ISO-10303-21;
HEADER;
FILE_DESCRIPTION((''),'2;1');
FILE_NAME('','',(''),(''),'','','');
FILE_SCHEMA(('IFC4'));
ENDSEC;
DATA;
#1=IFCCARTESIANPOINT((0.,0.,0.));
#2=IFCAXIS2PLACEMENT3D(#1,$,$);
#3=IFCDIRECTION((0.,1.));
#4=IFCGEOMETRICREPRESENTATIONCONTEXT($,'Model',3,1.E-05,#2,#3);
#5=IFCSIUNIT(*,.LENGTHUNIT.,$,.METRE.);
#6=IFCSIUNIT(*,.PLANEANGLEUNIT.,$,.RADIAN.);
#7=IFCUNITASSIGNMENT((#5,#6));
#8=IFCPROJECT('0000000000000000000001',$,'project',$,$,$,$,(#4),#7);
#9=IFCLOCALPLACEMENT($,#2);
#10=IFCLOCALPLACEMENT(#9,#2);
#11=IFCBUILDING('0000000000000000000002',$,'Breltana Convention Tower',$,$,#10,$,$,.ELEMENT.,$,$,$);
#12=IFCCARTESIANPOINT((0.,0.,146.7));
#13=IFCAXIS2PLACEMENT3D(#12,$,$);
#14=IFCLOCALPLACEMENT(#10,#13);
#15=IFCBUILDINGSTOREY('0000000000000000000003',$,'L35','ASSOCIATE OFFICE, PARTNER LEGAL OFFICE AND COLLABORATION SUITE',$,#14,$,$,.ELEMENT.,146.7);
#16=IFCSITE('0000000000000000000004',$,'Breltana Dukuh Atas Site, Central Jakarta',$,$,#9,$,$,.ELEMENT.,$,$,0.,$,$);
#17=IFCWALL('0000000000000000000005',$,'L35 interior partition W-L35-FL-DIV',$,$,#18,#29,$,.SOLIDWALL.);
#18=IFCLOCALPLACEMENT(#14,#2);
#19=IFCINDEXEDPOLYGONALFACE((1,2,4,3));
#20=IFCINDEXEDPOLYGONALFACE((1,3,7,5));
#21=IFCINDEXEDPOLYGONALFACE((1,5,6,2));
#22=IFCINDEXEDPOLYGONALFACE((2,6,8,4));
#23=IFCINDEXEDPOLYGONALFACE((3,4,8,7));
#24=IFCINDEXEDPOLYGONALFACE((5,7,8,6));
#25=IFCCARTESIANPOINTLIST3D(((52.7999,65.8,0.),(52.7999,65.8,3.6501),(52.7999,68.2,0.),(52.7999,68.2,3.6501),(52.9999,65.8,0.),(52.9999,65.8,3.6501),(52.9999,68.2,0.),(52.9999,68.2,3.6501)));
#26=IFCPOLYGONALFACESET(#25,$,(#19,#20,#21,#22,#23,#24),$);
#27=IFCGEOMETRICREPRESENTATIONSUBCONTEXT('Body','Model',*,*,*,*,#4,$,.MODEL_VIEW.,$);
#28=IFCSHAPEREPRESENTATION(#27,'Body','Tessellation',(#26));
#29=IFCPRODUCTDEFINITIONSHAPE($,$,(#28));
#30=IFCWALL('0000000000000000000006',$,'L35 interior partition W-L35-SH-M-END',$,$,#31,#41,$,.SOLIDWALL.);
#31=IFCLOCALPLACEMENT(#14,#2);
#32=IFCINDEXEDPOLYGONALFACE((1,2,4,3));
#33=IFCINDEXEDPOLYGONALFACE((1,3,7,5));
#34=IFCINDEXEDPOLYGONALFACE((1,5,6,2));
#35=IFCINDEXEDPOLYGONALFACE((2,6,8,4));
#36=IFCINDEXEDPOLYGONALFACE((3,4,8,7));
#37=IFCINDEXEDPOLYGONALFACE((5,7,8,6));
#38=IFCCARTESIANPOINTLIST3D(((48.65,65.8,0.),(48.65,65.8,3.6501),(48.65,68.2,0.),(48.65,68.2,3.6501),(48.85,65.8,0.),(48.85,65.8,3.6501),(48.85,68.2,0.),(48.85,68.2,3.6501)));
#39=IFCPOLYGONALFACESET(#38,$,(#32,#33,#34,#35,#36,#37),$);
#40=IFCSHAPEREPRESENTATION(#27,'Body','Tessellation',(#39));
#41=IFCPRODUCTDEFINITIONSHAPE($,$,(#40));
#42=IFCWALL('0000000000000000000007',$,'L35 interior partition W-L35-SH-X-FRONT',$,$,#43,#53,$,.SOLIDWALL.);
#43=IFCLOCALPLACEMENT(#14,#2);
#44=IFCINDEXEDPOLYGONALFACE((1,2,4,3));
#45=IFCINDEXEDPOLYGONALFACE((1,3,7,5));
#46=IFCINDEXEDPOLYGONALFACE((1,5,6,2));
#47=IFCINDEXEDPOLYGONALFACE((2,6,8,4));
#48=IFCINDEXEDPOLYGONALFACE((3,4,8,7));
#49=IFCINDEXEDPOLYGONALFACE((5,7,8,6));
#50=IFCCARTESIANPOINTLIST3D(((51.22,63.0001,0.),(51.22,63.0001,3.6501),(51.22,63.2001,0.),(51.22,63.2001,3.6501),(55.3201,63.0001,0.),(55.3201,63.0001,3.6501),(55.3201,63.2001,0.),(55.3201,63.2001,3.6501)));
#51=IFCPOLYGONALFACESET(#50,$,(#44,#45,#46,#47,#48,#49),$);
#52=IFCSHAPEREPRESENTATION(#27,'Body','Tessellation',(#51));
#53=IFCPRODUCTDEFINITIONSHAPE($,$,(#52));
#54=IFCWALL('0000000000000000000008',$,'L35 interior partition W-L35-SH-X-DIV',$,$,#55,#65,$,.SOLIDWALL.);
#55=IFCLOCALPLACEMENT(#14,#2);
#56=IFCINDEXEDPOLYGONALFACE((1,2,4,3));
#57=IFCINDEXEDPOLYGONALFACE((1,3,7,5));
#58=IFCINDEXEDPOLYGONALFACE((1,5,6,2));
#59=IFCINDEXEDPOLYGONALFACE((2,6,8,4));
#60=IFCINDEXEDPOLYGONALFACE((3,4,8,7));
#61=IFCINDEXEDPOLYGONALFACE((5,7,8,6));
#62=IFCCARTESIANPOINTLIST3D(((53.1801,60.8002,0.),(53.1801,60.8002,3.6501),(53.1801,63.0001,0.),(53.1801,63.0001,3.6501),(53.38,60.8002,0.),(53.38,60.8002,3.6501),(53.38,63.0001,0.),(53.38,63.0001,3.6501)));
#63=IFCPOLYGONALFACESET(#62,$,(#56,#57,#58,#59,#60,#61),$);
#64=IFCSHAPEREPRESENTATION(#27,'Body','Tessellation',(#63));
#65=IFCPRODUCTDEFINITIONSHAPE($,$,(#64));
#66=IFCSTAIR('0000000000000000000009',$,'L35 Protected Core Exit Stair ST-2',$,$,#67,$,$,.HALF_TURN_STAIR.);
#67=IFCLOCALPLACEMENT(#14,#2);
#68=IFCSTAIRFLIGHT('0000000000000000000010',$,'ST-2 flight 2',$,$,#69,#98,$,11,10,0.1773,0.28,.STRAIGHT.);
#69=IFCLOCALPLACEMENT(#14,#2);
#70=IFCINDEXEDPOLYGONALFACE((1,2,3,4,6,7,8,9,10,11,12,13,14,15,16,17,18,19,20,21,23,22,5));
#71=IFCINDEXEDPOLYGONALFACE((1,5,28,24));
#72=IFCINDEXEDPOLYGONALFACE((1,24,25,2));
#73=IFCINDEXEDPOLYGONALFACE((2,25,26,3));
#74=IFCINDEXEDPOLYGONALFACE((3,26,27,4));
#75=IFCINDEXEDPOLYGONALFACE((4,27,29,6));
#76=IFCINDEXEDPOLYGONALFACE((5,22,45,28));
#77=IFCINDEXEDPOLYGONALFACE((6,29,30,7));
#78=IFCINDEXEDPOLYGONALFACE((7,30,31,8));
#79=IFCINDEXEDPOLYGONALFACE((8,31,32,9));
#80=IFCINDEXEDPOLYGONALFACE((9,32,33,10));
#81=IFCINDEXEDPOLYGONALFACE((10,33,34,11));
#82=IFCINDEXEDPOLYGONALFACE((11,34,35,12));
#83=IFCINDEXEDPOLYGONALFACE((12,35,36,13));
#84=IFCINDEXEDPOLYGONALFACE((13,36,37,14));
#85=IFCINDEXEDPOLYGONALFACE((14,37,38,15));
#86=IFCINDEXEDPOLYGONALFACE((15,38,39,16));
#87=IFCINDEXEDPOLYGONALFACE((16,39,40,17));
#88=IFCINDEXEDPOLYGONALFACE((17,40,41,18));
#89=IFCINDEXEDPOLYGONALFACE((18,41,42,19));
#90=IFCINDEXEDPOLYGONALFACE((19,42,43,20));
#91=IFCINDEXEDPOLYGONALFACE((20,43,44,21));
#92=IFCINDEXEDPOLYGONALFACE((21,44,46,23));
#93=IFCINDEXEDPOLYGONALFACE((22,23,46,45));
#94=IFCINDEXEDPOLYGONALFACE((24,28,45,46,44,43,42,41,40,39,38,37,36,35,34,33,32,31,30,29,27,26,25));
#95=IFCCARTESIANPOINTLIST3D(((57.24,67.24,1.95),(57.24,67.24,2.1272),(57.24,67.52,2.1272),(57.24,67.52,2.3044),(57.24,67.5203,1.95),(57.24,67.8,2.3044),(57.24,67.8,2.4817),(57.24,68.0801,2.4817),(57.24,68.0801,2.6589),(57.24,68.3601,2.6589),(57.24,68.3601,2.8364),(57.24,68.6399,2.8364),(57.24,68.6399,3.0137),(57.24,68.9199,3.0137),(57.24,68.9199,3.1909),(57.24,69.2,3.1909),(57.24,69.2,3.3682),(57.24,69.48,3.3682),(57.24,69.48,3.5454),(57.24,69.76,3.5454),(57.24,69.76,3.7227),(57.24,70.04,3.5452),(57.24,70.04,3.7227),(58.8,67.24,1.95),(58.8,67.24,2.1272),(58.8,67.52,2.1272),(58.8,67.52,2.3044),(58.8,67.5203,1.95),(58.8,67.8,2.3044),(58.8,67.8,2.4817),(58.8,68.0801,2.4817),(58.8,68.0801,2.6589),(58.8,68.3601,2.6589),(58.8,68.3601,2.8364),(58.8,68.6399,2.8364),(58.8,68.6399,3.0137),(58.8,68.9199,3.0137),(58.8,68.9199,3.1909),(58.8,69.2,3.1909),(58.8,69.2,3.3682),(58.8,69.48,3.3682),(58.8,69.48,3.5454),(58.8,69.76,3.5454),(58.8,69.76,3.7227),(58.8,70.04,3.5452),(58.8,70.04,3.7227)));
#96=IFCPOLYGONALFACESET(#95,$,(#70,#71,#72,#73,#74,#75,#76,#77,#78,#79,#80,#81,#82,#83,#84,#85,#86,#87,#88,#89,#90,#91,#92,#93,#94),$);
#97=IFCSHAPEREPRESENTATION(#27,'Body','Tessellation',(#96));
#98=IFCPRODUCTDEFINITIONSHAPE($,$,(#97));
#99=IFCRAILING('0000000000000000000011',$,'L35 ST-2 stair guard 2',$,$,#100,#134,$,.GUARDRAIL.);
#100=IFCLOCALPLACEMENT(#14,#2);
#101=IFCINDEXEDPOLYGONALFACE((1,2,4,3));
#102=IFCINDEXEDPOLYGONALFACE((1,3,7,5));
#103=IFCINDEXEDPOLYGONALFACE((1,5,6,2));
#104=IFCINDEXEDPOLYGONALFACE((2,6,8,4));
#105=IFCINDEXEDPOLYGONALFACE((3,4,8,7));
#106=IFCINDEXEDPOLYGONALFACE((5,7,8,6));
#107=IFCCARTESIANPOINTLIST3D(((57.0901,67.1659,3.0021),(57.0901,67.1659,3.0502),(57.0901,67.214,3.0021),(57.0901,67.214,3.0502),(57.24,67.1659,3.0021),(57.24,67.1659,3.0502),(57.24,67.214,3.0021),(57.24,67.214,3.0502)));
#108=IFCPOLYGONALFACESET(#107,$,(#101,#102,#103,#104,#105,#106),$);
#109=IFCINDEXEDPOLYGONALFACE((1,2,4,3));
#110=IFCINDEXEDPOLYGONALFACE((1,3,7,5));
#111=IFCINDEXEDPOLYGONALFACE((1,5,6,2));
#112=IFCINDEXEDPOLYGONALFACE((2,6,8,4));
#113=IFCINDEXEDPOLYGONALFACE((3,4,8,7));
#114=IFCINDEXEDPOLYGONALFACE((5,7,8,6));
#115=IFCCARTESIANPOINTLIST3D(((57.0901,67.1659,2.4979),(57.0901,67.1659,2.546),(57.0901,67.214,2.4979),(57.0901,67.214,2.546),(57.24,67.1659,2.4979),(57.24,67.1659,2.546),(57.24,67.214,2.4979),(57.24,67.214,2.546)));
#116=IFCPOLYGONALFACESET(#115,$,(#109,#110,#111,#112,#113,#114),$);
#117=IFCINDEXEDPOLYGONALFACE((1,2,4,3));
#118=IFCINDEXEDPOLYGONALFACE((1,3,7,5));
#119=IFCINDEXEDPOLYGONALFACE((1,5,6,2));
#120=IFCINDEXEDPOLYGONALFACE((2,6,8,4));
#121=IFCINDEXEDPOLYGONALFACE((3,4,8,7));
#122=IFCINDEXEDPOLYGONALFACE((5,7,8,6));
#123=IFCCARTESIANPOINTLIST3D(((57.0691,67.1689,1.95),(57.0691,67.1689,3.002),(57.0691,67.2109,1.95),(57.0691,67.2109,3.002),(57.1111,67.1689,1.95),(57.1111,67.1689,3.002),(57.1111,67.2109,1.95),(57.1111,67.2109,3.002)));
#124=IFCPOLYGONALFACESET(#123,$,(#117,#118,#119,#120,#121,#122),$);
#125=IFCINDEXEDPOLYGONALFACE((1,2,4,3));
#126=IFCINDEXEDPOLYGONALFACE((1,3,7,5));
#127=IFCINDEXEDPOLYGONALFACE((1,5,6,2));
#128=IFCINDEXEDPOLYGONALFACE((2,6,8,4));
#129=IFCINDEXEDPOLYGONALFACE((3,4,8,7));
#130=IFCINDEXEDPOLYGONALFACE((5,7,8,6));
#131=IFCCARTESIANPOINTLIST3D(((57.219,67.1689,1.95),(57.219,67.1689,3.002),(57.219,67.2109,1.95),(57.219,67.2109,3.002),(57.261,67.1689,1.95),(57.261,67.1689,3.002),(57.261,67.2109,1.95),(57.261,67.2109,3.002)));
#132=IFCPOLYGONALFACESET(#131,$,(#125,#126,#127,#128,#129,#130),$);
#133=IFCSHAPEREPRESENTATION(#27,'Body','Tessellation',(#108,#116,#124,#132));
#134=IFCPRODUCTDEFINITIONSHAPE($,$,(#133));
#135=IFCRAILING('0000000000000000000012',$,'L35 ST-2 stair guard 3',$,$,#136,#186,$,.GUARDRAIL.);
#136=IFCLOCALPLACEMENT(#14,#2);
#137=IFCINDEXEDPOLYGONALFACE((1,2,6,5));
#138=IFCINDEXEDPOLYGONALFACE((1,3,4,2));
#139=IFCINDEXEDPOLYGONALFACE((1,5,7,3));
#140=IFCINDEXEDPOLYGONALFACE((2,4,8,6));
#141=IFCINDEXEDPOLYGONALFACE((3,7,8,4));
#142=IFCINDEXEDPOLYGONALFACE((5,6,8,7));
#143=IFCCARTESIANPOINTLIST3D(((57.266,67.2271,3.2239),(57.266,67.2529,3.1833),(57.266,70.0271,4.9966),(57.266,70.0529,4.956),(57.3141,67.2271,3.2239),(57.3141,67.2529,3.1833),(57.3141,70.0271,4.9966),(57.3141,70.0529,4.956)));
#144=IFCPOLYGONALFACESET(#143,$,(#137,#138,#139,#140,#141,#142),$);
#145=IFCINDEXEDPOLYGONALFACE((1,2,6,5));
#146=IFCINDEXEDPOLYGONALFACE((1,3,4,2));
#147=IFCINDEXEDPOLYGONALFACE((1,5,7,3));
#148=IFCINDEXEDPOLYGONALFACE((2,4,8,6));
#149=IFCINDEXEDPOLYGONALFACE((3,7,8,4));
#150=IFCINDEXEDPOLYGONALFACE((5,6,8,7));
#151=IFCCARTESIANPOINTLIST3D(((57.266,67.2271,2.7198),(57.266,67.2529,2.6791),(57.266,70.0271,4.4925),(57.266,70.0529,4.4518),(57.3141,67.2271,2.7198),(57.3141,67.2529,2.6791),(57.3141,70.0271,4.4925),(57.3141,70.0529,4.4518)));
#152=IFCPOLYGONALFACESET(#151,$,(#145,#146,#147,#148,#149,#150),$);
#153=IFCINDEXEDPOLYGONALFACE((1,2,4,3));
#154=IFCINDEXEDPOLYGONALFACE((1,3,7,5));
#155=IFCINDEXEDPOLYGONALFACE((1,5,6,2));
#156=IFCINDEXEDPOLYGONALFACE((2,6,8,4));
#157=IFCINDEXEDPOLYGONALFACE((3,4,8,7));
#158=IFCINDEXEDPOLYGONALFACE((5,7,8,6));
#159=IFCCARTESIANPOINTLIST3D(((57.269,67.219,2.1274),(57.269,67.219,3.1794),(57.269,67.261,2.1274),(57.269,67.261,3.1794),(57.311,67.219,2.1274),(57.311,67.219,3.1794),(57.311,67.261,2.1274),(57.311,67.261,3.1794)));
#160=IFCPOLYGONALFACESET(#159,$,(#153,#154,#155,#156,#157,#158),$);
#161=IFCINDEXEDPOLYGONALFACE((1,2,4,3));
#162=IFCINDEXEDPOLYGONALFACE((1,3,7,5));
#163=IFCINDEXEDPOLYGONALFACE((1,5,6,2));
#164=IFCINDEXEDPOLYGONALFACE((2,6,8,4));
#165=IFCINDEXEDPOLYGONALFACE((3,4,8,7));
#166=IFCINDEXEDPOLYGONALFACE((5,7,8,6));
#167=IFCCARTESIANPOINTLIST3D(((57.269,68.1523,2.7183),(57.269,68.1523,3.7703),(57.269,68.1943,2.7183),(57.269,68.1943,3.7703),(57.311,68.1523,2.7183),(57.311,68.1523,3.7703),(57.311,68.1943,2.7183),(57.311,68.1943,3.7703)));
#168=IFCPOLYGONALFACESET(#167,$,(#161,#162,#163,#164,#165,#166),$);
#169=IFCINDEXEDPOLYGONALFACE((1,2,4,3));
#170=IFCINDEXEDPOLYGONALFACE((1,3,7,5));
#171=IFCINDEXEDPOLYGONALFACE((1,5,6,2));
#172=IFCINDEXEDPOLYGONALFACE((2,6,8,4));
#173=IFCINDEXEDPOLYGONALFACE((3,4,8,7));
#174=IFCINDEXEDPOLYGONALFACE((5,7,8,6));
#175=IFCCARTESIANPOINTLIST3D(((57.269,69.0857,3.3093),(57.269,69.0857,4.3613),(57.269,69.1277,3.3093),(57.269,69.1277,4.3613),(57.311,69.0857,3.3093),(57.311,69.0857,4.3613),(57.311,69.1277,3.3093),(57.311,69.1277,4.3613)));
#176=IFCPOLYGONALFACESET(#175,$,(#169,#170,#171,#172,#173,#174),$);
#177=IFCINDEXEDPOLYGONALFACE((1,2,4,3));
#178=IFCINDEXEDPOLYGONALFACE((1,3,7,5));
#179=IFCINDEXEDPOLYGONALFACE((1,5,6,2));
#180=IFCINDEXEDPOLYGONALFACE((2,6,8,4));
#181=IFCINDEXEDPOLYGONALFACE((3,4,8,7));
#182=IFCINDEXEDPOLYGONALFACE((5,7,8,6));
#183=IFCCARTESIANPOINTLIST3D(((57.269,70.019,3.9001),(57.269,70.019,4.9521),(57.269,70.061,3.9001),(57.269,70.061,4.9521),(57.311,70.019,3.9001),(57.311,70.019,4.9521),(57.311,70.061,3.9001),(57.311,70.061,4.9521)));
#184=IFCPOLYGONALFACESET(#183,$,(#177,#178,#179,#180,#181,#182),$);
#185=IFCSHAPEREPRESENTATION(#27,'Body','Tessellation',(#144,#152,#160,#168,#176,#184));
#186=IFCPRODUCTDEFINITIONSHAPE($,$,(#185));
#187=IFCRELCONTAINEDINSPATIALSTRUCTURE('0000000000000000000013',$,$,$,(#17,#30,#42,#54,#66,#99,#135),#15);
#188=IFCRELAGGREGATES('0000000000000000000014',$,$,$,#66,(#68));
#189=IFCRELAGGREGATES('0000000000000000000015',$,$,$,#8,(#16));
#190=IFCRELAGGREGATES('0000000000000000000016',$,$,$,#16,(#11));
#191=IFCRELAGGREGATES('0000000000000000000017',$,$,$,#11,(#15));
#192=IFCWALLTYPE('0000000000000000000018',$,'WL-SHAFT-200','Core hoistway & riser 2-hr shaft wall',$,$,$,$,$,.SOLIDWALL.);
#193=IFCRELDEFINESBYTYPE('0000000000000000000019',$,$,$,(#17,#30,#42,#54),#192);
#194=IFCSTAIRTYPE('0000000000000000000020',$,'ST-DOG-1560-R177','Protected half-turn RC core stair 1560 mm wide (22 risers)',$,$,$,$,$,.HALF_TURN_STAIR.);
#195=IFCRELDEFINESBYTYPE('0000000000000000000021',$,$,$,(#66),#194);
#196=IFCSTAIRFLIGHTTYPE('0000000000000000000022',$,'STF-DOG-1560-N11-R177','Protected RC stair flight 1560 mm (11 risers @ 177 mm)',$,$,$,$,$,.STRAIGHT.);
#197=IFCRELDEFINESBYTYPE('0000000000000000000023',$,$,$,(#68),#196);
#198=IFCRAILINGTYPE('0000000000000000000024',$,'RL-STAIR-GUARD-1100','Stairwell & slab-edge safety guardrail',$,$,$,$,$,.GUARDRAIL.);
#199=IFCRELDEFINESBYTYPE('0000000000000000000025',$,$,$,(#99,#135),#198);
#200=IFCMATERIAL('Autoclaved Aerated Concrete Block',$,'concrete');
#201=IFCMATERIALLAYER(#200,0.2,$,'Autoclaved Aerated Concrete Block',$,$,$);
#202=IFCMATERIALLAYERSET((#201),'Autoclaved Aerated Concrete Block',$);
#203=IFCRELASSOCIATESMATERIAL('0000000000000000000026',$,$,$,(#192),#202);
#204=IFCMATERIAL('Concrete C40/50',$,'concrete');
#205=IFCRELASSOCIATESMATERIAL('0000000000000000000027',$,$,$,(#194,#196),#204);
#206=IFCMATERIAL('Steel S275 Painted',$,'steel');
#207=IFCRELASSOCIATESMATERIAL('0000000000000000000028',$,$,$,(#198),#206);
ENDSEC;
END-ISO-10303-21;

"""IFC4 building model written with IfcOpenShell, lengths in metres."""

from ifc_helpers import new_model, si_unit, direction, frame, frame_2d, origin, origin_2d, place, context, subcontext, project, spatial, polyline, rectangle, outline, extrude, source, transform, mapped, material, layer, layer_set, type_object, element, aggregate, save


model = new_model("IFC4")

# Units and contexts
model_context = context("Model", 3, precision=1e-05, world=origin(), true_north=direction((0.0, 1.0)))
body_context = subcontext(model_context, "Body", "Model", "MODEL_VIEW")
ifc_project = project(units=[si_unit("LENGTHUNIT", "METRE"), si_unit("PLANEANGLEUNIT", "RADIAN")], contexts=[model_context])

# Site, building, storey
site_placement = place(None, origin())
site = spatial("IfcSite", under=ifc_project, at=site_placement, Name="Breltana Dukuh Atas Site, Central Jakarta", CompositionType="ELEMENT", RefElevation=0.0)
building_placement = place(site_placement, origin())
building = spatial("IfcBuilding", under=site, at=building_placement, Name="Breltana Convention Tower", CompositionType="ELEMENT")
storey_placement = place(building_placement, frame((0.0, 0.0, 146.7)))
storey = spatial("IfcBuildingStorey", under=building, at=storey_placement, Name="L35", Description="ASSOCIATE OFFICE, PARTNER LEGAL OFFICE AND COLLABORATION SUITE", CompositionType="ELEMENT", Elevation=146.7)

# Walls
ifc_material_1 = material(Name="Autoclaved Aerated Concrete Block", Category="concrete")
ifc_layer_1 = layer(ifc_material_1, 0.2, Name="Autoclaved Aerated Concrete Block")
ifc_layer_set_1 = layer_set([ifc_layer_1], Name="Autoclaved Aerated Concrete Block")
wall_type_1 = type_object("IfcWallType", Name="WL-SHAFT-200", Description="Core hoistway & riser 2-hr shaft wall", PredefinedType="SOLIDWALL", material=ifc_layer_set_1)
shared_shape_1 = source(origin(), body_context, "Body", "SweptSolid", [
    extrude(rectangle(XDim=2.3999, YDim=0.2, at=frame_2d((1.2, 0.0))), origin(), (0.0, 0.0, 1.0), 3.6501),
])
for number, where, z_axis, x_axis, name in (
    (1, (52.8999, 65.8, 0.0), (0.0, 0.0, 1.0), (0.0, 1.0, 0.0), "L35 interior partition W-L35-FL-DIV"),
    (2, (48.75, 65.8, 0.0), (0.0, 0.0, 1.0), (0.0, 1.0, 0.0), "L35 interior partition W-L35-SH-M-END"),
):
    element("IfcWall", number, at=place(storey_placement, frame(where, z_axis=z_axis, x_axis=x_axis)), inside=storey, type_object=wall_type_1, Name=name, PredefinedType="SOLIDWALL", context=body_context, shape_type="MappedRepresentation", body=[
        mapped(shared_shape_1, transform((0.0, 0.0, 0.0), scale=1.0)),
    ])
shared_shape_2 = source(origin(), body_context, "Body", "SweptSolid", [
    extrude(rectangle(XDim=4.1001, YDim=0.2, at=frame_2d((2.05, 0.0))), origin(), (0.0, 0.0, 1.0), 3.6501),
])
wall_1_placement = place(storey_placement, frame((51.22, 63.1001, 0.0), z_axis=(0.0, 0.0, 1.0), x_axis=(1.0, 0.0, 0.0)))
element("IfcWall", 3, at=wall_1_placement, inside=storey, type_object=wall_type_1, Name="L35 interior partition W-L35-SH-X-FRONT", PredefinedType="SOLIDWALL", context=body_context, shape_type="MappedRepresentation", body=[
    mapped(shared_shape_2, transform((0.0, 0.0, 0.0), scale=1.0)),
])
shared_shape_3 = source(origin(), body_context, "Body", "SweptSolid", [
    extrude(rectangle(XDim=2.2, YDim=0.2, at=frame_2d((1.1001, 0.0))), origin(), (0.0, 0.0, 1.0), 3.6501),
])
wall_2_placement = place(storey_placement, frame((53.28, 60.8, 0.0), z_axis=(0.0, 0.0, 1.0), x_axis=(0.0, 1.0, 0.0)))
element("IfcWall", 4, at=wall_2_placement, inside=storey, type_object=wall_type_1, Name="L35 interior partition W-L35-SH-X-DIV", PredefinedType="SOLIDWALL", context=body_context, shape_type="MappedRepresentation", body=[
    mapped(shared_shape_3, transform((0.0, 0.0, 0.0), scale=1.0)),
])

# Stair, stair flight
ifc_material_2 = material(Name="Concrete C40/50", Category="concrete")
stair_type = type_object("IfcStairType", Name="ST-DOG-1560-R177", Description="Protected half-turn RC core stair 1560 mm wide (22 risers)", PredefinedType="HALF_TURN_STAIR", material=ifc_material_2)
stair_placement = place(storey_placement, origin())
stair = element("IfcStair", 5, at=stair_placement, inside=storey, type_object=stair_type, Name="L35 Protected Core Exit Stair ST-2", PredefinedType="HALF_TURN_STAIR")
stair_flight_type = type_object("IfcStairFlightType", Name="STF-DOG-1560-N11-R177", Description="Protected RC stair flight 1560 mm (11 risers @ 177 mm)", PredefinedType="STRAIGHT", material=ifc_material_2)
stair_flight_placement = place(storey_placement, frame((58.02, 67.24, 1.95), z_axis=(0.0, 0.0, 1.0), x_axis=(0.0, 1.0, 0.0)))
stair_flight = element("IfcStairFlight", 6, at=stair_flight_placement, type_object=stair_flight_type, Name="ST-2 flight 2", NumberOfRisers=11, NumberOfTreads=10, PredefinedType="STRAIGHT", RiserHeight=0.1773, TreadLength=0.28, context=body_context, shape_type="SweptSolid", body=[
    extrude(outline(polyline([(0.0, 0.0), (0.0, 0.1772), (0.28, 0.1772), (0.28, 0.3545), (0.5601, 0.3545), (0.5601, 0.5317), (0.8401, 0.5317), (0.8401, 0.709), (1.1201, 0.709), (1.1201, 0.8865), (1.3999, 0.8865), (1.3999, 1.0637), (1.6799, 1.0637), (1.6799, 1.241), (1.96, 1.241), (1.96, 1.4182), (2.24, 1.4182), (2.24, 1.5955), (2.52, 1.5955), (2.52, 1.7727), (2.8, 1.7727), (2.8, 1.95), (2.8, 1.5952), (0.2803, 0.0), (0.0, 0.0)])), frame((0.0, 0.78, 0.0), z_axis=(0.0, -1.0, 0.0), x_axis=(1.0, 0.0, 0.0)), (0.0, 0.0, 1.0), 1.5601),
])
aggregate(stair, [stair_flight])

# Railings
ifc_material_3 = material(Name="Steel S275 Painted", Category="steel")
railing_type_1 = type_object("IfcRailingType", Name="RL-STAIR-GUARD-1100", Description="Stairwell & slab-edge safety guardrail", PredefinedType="GUARDRAIL", material=ifc_material_3)
railing_1_placement = place(storey_placement, frame((57.0901, 67.1899, 1.95)))
element("IfcRailing", 7, at=railing_1_placement, inside=storey, type_object=railing_type_1, Name="L35 ST-2 stair guard 2", PredefinedType="GUARDRAIL", context=body_context, shape_type="SweptSolid", body=[
    extrude(rectangle(XDim=0.0481, YDim=0.0481, at=origin_2d()), frame((0.0, 0.0, 1.0762), z_axis=(1.0, 0.0, 0.0), x_axis=(0.0, 1.0, 0.0)), (0.0, 0.0, 1.0), 0.1499),
    extrude(rectangle(XDim=0.0481, YDim=0.0481, at=origin_2d()), frame((0.0, 0.0, 0.572), z_axis=(1.0, 0.0, 0.0), x_axis=(0.0, 1.0, 0.0)), (0.0, 0.0, 1.0), 0.1499),
    extrude(rectangle(XDim=0.042, YDim=0.042, at=origin_2d()), origin(), (0.0, 0.0, 1.0), 1.052),
    extrude(rectangle(XDim=0.042, YDim=0.042, at=origin_2d()), frame((0.1499, 0.0, 0.0)), (0.0, 0.0, 1.0), 1.052),
])
railing_2_placement = place(storey_placement, frame((57.29, 67.24, 2.1274)))
element("IfcRailing", 8, at=railing_2_placement, inside=storey, type_object=railing_type_1, Name="L35 ST-2 stair guard 3", PredefinedType="GUARDRAIL", context=body_context, shape_type="SweptSolid", body=[
    extrude(rectangle(XDim=0.0481, YDim=0.0481, at=origin_2d()), frame((0.0, 0.0, 1.0762), z_axis=(0.0, 0.844909, 0.53491), x_axis=(-1.0, 0.0, 0.0)), (0.0, 0.0, 1.0), 3.314),
    extrude(rectangle(XDim=0.0481, YDim=0.0481, at=origin_2d()), frame((0.0, 0.0, 0.572), z_axis=(0.0, 0.844909, 0.53491), x_axis=(-1.0, 0.0, 0.0)), (0.0, 0.0, 1.0), 3.314),
    extrude(rectangle(XDim=0.042, YDim=0.042, at=origin_2d()), origin(), (0.0, 0.0, 1.0), 1.052),
    extrude(rectangle(XDim=0.042, YDim=0.042, at=origin_2d()), frame((0.0, 0.9333, 0.5908)), (0.0, 0.0, 1.0), 1.052),
    extrude(rectangle(XDim=0.042, YDim=0.042, at=origin_2d()), frame((0.0, 1.8667, 1.1819)), (0.0, 0.0, 1.0), 1.052),
    extrude(rectangle(XDim=0.042, YDim=0.042, at=origin_2d()), frame((0.0, 2.8, 1.7727)), (0.0, 0.0, 1.0), 1.052),
])

save(model, "model.ifc")
